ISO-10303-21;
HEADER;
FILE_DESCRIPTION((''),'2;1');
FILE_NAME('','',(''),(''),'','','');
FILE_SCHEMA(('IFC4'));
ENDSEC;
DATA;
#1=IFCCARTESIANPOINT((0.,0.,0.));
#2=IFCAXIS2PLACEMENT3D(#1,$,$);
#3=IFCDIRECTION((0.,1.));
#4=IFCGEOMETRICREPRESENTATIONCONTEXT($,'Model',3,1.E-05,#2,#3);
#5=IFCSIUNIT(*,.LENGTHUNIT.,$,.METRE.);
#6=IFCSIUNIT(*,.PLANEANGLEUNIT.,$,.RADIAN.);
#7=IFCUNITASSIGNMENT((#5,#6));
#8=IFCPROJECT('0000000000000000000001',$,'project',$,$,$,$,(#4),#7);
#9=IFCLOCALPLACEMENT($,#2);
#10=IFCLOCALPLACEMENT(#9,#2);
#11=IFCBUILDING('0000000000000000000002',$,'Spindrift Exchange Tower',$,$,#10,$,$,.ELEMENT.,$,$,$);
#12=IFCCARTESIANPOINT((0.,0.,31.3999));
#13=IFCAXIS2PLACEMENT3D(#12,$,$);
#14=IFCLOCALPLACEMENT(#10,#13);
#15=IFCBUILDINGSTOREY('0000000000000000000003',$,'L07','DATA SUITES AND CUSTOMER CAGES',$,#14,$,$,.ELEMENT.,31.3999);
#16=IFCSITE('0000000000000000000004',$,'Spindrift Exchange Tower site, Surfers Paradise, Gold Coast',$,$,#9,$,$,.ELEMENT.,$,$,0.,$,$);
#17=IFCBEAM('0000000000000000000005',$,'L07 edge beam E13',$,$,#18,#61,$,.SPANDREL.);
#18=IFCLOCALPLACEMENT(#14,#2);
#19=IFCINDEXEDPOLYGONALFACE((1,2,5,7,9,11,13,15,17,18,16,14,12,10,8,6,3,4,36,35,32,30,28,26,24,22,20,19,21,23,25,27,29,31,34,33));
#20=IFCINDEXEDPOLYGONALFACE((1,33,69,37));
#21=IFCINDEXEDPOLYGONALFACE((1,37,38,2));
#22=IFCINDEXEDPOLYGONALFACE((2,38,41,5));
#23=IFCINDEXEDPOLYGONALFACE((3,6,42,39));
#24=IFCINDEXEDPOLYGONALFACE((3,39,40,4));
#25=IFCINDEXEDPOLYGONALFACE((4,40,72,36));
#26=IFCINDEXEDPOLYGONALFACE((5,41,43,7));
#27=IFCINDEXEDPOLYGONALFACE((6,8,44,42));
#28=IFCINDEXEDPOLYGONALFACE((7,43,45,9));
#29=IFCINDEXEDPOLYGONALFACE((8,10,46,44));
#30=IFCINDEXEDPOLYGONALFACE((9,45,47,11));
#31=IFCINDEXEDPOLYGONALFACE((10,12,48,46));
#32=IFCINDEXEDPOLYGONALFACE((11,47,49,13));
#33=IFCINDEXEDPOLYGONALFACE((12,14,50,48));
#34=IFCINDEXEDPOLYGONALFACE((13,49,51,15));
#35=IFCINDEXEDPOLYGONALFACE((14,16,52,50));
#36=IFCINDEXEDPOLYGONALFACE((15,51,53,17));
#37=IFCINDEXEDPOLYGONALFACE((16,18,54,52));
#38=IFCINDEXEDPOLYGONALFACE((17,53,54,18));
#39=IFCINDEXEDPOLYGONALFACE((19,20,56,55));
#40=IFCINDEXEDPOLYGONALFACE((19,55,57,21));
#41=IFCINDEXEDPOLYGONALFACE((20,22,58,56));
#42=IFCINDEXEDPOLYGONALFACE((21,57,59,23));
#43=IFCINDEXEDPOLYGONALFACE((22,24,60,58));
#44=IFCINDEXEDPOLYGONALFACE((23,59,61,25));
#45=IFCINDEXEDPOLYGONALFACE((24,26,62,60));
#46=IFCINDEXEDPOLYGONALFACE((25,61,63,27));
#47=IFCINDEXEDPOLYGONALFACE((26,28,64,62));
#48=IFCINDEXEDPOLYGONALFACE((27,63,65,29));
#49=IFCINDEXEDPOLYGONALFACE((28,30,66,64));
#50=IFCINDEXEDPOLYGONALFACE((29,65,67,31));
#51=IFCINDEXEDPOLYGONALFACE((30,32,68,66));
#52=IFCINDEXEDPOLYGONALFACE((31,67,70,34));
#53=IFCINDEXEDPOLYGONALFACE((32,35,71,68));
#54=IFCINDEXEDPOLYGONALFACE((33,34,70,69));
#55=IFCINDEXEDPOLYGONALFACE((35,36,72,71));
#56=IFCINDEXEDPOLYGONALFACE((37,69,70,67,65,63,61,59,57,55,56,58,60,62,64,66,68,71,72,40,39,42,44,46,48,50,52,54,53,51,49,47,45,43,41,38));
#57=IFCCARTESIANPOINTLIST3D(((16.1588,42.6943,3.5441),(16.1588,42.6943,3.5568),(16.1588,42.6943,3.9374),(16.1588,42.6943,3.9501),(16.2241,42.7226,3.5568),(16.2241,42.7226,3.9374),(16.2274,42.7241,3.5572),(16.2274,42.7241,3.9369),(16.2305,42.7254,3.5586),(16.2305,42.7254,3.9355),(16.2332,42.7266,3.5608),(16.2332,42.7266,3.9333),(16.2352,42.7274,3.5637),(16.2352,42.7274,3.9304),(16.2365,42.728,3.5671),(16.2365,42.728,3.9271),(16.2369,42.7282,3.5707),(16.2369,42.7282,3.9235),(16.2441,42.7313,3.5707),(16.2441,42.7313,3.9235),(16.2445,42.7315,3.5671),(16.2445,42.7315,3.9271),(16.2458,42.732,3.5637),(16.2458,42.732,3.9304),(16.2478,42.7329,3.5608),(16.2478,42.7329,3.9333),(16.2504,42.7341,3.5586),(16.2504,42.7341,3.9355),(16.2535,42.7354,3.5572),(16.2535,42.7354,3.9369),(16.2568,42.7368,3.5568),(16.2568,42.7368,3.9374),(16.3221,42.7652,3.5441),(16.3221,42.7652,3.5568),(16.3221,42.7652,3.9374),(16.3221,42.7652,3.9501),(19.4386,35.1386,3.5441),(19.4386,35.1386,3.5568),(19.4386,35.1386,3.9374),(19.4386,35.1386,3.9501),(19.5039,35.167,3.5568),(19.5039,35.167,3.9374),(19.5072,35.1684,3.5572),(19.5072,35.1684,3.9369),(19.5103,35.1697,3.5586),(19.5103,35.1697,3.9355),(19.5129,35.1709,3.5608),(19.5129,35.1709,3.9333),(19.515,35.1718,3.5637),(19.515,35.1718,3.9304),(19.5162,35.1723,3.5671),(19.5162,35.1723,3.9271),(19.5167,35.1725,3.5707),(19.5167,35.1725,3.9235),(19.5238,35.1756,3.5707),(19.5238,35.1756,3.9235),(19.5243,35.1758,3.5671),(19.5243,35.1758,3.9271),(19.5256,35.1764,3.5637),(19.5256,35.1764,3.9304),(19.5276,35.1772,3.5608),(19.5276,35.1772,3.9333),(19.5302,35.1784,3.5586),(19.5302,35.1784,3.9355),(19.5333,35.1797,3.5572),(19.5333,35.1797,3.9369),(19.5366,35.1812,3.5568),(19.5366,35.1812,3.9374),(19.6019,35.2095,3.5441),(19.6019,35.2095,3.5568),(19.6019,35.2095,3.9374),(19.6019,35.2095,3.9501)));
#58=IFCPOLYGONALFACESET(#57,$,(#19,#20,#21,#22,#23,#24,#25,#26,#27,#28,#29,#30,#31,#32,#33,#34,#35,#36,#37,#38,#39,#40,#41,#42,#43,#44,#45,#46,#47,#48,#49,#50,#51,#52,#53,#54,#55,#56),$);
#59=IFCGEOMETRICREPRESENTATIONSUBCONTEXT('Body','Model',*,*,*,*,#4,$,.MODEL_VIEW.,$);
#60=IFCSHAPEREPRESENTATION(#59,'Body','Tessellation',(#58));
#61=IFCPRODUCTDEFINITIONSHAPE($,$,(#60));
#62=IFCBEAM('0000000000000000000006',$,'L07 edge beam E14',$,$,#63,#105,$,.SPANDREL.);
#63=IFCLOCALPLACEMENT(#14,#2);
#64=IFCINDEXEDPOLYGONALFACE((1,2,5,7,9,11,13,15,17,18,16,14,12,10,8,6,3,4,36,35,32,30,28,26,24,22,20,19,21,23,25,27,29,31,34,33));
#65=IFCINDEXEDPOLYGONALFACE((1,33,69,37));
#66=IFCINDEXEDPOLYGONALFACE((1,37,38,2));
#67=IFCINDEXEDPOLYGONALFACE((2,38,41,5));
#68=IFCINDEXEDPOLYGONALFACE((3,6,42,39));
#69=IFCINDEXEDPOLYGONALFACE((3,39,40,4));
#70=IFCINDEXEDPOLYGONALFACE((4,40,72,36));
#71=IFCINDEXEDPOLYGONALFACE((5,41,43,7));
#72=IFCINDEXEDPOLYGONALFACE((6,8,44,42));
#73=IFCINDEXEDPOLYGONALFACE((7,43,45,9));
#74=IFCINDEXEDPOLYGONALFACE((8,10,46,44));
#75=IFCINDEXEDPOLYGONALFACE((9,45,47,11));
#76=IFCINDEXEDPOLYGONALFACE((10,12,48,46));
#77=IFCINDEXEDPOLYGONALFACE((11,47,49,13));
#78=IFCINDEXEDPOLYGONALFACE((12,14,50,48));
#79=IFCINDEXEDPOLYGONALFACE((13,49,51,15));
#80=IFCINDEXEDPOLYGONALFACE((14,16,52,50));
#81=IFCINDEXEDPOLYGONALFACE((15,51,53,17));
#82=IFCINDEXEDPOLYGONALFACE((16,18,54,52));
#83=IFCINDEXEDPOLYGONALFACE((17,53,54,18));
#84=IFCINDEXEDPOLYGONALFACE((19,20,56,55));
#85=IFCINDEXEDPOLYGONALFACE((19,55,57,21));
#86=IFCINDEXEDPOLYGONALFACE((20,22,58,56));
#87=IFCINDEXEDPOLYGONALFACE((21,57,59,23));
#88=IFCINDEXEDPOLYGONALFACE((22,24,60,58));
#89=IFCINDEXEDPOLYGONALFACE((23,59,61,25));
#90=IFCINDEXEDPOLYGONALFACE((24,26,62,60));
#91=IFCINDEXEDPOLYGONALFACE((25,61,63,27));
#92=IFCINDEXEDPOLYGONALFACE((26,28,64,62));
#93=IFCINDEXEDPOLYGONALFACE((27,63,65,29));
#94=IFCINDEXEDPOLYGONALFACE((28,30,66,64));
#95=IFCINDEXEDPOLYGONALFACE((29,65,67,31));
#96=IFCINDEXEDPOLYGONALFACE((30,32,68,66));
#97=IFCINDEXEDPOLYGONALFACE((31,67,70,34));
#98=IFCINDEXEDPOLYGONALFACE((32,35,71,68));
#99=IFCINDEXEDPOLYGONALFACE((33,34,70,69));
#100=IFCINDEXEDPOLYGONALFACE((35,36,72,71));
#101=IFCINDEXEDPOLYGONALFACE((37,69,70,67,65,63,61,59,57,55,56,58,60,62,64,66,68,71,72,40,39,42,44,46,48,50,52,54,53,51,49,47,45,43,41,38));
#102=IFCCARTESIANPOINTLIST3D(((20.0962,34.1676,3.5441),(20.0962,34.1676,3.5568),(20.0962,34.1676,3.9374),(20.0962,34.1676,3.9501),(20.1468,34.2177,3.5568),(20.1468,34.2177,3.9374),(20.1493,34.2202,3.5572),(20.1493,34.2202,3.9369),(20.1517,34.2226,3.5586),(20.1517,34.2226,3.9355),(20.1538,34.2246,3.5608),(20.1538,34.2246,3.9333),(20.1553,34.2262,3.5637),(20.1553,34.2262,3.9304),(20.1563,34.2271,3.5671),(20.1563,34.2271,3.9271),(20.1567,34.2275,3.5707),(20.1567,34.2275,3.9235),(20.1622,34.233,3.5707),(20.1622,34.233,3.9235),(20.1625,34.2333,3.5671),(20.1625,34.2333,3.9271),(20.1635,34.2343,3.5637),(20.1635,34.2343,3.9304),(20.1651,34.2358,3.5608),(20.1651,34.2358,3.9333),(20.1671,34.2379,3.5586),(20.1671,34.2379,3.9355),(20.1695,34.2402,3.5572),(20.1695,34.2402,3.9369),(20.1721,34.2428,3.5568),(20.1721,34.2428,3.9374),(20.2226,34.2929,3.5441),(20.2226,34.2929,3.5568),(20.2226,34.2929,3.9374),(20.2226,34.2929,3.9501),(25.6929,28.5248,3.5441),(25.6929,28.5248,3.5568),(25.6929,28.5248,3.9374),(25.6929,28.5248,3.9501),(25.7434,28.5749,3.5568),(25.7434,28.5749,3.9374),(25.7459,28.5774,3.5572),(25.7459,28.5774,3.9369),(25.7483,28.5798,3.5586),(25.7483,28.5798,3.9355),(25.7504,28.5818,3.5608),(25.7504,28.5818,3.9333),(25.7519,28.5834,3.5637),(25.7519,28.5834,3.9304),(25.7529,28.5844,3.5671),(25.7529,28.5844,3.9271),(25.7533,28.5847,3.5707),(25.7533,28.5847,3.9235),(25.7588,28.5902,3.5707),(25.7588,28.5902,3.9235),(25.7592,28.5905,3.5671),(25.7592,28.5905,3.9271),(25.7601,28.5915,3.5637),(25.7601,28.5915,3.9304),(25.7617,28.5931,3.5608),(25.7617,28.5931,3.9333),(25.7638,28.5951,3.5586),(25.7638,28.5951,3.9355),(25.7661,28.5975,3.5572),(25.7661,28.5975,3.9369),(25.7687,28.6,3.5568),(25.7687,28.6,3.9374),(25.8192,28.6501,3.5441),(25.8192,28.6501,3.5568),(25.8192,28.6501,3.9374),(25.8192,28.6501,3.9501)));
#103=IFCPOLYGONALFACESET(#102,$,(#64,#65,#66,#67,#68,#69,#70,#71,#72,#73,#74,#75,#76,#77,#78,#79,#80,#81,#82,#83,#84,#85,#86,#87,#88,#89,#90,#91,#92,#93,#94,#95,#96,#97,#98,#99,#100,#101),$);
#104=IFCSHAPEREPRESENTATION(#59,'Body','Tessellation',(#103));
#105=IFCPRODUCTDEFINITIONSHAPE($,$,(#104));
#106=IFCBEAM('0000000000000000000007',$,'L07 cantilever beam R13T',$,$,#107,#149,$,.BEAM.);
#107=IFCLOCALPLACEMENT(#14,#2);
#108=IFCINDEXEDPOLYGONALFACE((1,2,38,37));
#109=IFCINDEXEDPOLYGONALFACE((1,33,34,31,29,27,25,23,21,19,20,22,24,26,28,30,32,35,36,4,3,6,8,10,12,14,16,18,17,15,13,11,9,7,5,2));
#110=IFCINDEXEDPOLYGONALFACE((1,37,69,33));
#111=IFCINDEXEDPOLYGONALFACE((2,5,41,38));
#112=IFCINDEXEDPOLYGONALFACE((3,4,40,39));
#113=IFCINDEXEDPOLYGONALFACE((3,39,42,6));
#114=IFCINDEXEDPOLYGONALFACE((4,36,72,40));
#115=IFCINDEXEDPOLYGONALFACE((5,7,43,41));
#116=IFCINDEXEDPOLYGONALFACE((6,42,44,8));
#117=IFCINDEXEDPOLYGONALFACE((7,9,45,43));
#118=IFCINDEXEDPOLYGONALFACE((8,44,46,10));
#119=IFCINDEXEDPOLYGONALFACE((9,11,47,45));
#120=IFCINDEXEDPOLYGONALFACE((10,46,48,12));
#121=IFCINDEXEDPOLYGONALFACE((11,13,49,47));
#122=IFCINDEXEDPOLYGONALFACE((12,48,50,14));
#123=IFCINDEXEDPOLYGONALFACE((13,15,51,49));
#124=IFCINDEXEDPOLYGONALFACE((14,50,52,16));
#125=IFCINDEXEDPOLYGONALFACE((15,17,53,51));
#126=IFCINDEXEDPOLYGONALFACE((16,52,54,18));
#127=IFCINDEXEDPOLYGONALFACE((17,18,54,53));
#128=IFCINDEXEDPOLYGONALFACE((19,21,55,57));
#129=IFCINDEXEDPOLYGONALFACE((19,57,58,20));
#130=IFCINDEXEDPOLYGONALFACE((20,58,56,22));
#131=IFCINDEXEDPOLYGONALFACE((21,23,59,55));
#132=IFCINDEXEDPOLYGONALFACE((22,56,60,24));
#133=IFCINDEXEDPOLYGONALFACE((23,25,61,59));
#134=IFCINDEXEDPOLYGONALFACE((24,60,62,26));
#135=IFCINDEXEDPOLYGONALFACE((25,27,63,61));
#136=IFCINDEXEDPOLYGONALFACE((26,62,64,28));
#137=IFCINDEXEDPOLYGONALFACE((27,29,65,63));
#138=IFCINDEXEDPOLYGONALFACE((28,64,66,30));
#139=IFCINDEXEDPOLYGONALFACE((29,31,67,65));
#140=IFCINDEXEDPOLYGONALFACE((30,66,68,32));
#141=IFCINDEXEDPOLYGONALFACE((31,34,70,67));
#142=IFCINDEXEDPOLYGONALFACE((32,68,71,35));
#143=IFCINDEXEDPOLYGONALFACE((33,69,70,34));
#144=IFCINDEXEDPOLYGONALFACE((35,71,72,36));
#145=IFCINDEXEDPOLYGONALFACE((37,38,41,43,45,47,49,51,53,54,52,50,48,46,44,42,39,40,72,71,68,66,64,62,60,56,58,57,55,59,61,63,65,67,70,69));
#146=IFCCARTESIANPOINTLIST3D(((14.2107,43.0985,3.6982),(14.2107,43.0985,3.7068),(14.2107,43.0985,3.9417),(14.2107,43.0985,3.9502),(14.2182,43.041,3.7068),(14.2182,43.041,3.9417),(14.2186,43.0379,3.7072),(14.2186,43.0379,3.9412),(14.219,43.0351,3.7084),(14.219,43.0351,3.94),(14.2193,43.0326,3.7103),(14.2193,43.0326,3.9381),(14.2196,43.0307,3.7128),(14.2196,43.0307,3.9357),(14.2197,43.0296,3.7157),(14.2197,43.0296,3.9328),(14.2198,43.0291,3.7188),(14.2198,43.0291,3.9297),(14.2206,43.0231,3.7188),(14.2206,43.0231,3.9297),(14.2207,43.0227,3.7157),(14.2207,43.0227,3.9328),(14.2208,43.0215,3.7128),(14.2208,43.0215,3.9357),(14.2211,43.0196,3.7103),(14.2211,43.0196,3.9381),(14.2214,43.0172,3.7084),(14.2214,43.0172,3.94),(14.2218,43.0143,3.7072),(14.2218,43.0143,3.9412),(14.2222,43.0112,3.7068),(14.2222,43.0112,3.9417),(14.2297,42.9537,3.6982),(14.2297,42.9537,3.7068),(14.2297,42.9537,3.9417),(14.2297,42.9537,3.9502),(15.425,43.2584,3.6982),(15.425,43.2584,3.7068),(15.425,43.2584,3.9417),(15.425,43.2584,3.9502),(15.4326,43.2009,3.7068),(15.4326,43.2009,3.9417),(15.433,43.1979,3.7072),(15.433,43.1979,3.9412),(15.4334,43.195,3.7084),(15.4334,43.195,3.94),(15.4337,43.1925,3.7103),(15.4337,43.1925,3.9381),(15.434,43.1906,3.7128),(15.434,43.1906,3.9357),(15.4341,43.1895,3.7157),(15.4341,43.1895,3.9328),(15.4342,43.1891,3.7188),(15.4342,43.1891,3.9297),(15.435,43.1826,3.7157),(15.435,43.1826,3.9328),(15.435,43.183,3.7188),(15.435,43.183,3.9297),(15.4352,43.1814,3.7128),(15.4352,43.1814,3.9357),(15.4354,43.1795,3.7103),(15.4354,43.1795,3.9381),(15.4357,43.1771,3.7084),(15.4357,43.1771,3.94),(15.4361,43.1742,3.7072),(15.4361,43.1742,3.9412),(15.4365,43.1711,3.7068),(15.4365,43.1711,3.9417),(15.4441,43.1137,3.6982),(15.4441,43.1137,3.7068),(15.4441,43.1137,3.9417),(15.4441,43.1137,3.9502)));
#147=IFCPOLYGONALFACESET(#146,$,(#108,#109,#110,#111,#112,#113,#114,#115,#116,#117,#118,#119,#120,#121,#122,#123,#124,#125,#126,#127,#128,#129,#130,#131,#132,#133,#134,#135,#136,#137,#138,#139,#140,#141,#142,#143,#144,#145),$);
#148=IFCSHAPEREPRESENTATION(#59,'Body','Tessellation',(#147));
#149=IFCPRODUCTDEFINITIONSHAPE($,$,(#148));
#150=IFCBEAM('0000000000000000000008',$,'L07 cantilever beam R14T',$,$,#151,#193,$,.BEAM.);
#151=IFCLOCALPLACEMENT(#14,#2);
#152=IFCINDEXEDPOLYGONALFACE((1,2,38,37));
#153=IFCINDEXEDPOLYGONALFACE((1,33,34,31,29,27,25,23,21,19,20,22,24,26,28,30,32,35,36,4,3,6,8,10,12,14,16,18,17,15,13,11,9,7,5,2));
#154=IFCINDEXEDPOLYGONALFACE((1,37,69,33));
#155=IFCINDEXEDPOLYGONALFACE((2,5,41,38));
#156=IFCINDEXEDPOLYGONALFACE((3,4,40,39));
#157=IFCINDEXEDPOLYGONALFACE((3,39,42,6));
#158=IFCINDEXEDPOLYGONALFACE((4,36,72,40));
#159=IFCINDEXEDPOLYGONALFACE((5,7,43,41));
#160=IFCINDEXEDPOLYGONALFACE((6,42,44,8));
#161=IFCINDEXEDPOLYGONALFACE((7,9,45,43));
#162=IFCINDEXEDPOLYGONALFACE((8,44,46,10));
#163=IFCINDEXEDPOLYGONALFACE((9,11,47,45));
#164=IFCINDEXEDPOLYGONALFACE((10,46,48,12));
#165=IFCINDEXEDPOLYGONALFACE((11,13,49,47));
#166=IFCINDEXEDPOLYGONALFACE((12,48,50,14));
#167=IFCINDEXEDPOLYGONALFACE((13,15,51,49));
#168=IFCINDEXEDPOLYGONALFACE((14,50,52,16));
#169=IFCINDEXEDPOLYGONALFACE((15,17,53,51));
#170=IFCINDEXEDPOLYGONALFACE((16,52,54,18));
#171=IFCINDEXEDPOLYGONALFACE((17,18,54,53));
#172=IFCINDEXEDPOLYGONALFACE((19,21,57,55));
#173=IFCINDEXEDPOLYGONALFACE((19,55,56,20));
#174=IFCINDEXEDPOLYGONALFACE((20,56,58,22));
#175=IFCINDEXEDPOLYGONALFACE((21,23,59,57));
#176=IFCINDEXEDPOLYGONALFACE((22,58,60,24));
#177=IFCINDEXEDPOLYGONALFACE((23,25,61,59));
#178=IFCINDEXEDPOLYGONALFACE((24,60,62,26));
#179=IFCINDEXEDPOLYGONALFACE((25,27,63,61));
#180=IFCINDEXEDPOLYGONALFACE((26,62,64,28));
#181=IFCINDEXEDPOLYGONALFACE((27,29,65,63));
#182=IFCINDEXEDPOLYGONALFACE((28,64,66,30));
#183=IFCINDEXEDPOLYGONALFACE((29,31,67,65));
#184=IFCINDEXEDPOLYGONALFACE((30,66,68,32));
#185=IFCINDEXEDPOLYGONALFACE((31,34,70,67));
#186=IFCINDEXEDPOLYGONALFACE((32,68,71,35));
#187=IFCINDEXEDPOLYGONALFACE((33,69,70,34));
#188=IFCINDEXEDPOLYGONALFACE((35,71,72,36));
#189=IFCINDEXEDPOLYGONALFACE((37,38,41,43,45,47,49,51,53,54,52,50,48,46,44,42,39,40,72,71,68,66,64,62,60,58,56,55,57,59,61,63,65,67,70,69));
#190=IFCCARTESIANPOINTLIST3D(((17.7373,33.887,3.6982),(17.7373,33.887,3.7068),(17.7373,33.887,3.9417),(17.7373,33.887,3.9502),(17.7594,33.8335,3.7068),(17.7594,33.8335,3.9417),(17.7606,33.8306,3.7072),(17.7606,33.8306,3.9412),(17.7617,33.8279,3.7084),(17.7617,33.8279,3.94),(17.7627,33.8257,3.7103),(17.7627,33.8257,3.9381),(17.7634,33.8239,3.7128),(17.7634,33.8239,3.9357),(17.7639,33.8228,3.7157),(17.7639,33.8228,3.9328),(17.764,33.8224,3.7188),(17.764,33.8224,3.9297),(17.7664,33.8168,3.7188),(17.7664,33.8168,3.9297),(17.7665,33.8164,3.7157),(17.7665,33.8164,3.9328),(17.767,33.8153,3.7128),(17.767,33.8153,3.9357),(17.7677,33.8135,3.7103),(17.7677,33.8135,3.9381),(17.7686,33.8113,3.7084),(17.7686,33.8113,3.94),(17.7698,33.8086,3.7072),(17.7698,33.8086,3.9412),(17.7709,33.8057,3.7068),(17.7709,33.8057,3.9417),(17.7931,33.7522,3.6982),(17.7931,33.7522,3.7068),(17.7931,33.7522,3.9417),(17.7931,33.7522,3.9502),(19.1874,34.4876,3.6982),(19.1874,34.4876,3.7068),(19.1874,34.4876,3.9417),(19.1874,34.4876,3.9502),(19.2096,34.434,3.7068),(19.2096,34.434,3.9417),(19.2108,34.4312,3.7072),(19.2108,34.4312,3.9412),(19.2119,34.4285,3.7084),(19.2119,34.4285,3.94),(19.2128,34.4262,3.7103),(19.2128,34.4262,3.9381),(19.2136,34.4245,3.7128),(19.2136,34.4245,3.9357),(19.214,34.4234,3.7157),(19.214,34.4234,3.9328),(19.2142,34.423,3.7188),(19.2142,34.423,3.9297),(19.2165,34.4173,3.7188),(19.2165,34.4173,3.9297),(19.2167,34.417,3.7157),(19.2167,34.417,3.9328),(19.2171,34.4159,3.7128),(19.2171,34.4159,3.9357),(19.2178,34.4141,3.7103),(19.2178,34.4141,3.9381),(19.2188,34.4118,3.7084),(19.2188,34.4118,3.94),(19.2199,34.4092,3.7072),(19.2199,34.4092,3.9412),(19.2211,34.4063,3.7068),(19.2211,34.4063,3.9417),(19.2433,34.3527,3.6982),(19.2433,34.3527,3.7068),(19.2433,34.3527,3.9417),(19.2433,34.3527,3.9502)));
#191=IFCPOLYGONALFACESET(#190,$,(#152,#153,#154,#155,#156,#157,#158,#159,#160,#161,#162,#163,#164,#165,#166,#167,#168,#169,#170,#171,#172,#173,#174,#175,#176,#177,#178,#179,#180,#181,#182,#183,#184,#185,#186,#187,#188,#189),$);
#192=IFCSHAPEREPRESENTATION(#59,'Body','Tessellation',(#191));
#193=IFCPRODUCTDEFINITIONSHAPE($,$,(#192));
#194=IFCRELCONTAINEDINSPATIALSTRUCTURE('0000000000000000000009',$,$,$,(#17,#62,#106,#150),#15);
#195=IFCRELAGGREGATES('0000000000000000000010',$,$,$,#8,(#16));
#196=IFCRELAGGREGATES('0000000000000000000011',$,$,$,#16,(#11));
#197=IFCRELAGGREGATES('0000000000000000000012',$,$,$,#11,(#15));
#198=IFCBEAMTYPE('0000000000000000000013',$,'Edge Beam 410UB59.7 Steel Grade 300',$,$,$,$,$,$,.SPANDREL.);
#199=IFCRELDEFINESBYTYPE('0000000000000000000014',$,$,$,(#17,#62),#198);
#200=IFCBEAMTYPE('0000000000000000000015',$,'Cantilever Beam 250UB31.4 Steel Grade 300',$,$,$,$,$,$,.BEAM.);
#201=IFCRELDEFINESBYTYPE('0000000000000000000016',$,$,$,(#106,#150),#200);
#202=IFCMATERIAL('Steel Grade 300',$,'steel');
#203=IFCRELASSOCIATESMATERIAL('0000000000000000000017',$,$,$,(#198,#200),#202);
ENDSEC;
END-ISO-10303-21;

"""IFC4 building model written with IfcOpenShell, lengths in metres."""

from ifc_helpers import new_model, si_unit, direction, frame, origin, origin_2d, place, context, subcontext, project, spatial, i_section, extrude, source, transform, mapped, material, material_profile, profile_set, type_object, element, save


model = new_model("IFC4")

# Units and contexts
model_context = context("Model", 3, precision=1e-05, world=origin(), true_north=direction((0.0, 1.0)))
body_context = subcontext(model_context, "Body", "Model", "MODEL_VIEW")
ifc_project = project(units=[si_unit("LENGTHUNIT", "METRE"), si_unit("PLANEANGLEUNIT", "RADIAN")], contexts=[model_context])

# Site, building, storey
site_placement = place(None, origin())
site = spatial("IfcSite", under=ifc_project, at=site_placement, Name="Spindrift Exchange Tower site, Surfers Paradise, Gold Coast", CompositionType="ELEMENT", RefElevation=0.0)
building_placement = place(site_placement, origin())
building = spatial("IfcBuilding", under=site, at=building_placement, Name="Spindrift Exchange Tower", CompositionType="ELEMENT")
storey_placement = place(building_placement, frame((0.0, 0.0, 31.3999)))
storey = spatial("IfcBuildingStorey", under=building, at=storey_placement, Name="L07", Description="DATA SUITES AND CUSTOMER CAGES", CompositionType="ELEMENT", Elevation=31.3999)

# Beams
ifc_material_1 = material(Name="Steel Grade 300", Category="steel")
ifc_material_profile_1 = material_profile(ifc_material_1, i_section(OverallWidth=0.178, OverallDepth=0.406, WebThickness=0.0078, FlangeThickness=0.0127, FilletRadius=0.0139, at=origin_2d()), Name="410UB59.7")
ifc_profile_set_1 = profile_set([ifc_material_profile_1], Name="Steel Grade 300")
beam_type_1 = type_object("IfcBeamType", Name="Edge Beam 410UB59.7 Steel Grade 300", PredefinedType="SPANDREL", material=ifc_profile_set_1)
shared_shape_1 = source(origin(), body_context, "Body", "SweptSolid", [
    extrude(i_section(OverallWidth=0.178, OverallDepth=0.406, WebThickness=0.0078, FlangeThickness=0.0127, FilletRadius=0.0139, at=origin_2d()), origin(), (0.0, 0.0, 1.0), 8.2368),
])
beam_1_placement = place(storey_placement, frame((16.2405, 42.7297, 3.7471), z_axis=(0.398186, -0.917305, 0.0), x_axis=(0.917305, 0.398186, 0.0)))
element("IfcBeam", 1, at=beam_1_placement, inside=storey, type_object=beam_type_1, Name="L07 edge beam E13", PredefinedType="SPANDREL", context=body_context, shape_type="MappedRepresentation", body=[
    mapped(shared_shape_1, transform((0.0, 0.0, 0.0), scale=1.0)),
])
shared_shape_2 = source(origin(), body_context, "Body", "SweptSolid", [
    extrude(i_section(OverallWidth=0.178, OverallDepth=0.406, WebThickness=0.0078, FlangeThickness=0.0127, FilletRadius=0.0139, at=origin_2d()), origin(), (0.0, 0.0, 1.0), 7.9475),
])
beam_2_placement = place(storey_placement, frame((20.1594, 34.2302, 3.7471), z_axis=(0.704198, -0.710004, 0.0), x_axis=(0.710004, 0.704198, 0.0)))
element("IfcBeam", 2, at=beam_2_placement, inside=storey, type_object=beam_type_1, Name="L07 edge beam E14", PredefinedType="SPANDREL", context=body_context, shape_type="MappedRepresentation", body=[
    mapped(shared_shape_2, transform((0.0, 0.0, 0.0), scale=1.0)),
])
ifc_material_profile_2 = material_profile(ifc_material_1, i_section(OverallWidth=0.146, OverallDepth=0.252, WebThickness=0.0061, FlangeThickness=0.0085, FilletRadius=0.012, at=origin_2d()), Name="250UB31.4")
ifc_profile_set_2 = profile_set([ifc_material_profile_2], Name="Steel Grade 300")
beam_type_2 = type_object("IfcBeamType", Name="Cantilever Beam 250UB31.4 Steel Grade 300", PredefinedType="BEAM", material=ifc_profile_set_2)
shared_shape_3 = source(origin(), body_context, "Body", "SweptSolid", [
    extrude(i_section(OverallWidth=0.146, OverallDepth=0.252, WebThickness=0.0061, FlangeThickness=0.0085, FilletRadius=0.012, at=origin_2d()), origin(), (0.0, 0.0, 1.0), 1.2249),
])
beam_3_placement = place(storey_placement, frame((15.4346, 43.186, 3.8242), z_axis=(-0.991441, -0.130558, 0.0), x_axis=(0.130558, -0.991441, 0.0)))
element("IfcBeam", 3, at=beam_3_placement, inside=storey, type_object=beam_type_2, Name="L07 cantilever beam R13T", PredefinedType="BEAM", context=body_context, shape_type="MappedRepresentation", body=[
    mapped(shared_shape_3, transform((0.0, 0.0, 0.0), scale=1.0)),
])
shared_shape_4 = source(origin(), body_context, "Body", "SweptSolid", [
    extrude(i_section(OverallWidth=0.146, OverallDepth=0.252, WebThickness=0.0061, FlangeThickness=0.0085, FilletRadius=0.012, at=origin_2d()), origin(), (0.0, 0.0, 1.0), 1.5696),
])
beam_4_placement = place(storey_placement, frame((19.2153, 34.4202, 3.8242), z_axis=(-0.923903, -0.382627, 0.0), x_axis=(0.382627, -0.923903, 0.0)))
element("IfcBeam", 4, at=beam_4_placement, inside=storey, type_object=beam_type_2, Name="L07 cantilever beam R14T", PredefinedType="BEAM", context=body_context, shape_type="MappedRepresentation", body=[
    mapped(shared_shape_4, transform((0.0, 0.0, 0.0), scale=1.0)),
])

save(model, "model.ifc")
